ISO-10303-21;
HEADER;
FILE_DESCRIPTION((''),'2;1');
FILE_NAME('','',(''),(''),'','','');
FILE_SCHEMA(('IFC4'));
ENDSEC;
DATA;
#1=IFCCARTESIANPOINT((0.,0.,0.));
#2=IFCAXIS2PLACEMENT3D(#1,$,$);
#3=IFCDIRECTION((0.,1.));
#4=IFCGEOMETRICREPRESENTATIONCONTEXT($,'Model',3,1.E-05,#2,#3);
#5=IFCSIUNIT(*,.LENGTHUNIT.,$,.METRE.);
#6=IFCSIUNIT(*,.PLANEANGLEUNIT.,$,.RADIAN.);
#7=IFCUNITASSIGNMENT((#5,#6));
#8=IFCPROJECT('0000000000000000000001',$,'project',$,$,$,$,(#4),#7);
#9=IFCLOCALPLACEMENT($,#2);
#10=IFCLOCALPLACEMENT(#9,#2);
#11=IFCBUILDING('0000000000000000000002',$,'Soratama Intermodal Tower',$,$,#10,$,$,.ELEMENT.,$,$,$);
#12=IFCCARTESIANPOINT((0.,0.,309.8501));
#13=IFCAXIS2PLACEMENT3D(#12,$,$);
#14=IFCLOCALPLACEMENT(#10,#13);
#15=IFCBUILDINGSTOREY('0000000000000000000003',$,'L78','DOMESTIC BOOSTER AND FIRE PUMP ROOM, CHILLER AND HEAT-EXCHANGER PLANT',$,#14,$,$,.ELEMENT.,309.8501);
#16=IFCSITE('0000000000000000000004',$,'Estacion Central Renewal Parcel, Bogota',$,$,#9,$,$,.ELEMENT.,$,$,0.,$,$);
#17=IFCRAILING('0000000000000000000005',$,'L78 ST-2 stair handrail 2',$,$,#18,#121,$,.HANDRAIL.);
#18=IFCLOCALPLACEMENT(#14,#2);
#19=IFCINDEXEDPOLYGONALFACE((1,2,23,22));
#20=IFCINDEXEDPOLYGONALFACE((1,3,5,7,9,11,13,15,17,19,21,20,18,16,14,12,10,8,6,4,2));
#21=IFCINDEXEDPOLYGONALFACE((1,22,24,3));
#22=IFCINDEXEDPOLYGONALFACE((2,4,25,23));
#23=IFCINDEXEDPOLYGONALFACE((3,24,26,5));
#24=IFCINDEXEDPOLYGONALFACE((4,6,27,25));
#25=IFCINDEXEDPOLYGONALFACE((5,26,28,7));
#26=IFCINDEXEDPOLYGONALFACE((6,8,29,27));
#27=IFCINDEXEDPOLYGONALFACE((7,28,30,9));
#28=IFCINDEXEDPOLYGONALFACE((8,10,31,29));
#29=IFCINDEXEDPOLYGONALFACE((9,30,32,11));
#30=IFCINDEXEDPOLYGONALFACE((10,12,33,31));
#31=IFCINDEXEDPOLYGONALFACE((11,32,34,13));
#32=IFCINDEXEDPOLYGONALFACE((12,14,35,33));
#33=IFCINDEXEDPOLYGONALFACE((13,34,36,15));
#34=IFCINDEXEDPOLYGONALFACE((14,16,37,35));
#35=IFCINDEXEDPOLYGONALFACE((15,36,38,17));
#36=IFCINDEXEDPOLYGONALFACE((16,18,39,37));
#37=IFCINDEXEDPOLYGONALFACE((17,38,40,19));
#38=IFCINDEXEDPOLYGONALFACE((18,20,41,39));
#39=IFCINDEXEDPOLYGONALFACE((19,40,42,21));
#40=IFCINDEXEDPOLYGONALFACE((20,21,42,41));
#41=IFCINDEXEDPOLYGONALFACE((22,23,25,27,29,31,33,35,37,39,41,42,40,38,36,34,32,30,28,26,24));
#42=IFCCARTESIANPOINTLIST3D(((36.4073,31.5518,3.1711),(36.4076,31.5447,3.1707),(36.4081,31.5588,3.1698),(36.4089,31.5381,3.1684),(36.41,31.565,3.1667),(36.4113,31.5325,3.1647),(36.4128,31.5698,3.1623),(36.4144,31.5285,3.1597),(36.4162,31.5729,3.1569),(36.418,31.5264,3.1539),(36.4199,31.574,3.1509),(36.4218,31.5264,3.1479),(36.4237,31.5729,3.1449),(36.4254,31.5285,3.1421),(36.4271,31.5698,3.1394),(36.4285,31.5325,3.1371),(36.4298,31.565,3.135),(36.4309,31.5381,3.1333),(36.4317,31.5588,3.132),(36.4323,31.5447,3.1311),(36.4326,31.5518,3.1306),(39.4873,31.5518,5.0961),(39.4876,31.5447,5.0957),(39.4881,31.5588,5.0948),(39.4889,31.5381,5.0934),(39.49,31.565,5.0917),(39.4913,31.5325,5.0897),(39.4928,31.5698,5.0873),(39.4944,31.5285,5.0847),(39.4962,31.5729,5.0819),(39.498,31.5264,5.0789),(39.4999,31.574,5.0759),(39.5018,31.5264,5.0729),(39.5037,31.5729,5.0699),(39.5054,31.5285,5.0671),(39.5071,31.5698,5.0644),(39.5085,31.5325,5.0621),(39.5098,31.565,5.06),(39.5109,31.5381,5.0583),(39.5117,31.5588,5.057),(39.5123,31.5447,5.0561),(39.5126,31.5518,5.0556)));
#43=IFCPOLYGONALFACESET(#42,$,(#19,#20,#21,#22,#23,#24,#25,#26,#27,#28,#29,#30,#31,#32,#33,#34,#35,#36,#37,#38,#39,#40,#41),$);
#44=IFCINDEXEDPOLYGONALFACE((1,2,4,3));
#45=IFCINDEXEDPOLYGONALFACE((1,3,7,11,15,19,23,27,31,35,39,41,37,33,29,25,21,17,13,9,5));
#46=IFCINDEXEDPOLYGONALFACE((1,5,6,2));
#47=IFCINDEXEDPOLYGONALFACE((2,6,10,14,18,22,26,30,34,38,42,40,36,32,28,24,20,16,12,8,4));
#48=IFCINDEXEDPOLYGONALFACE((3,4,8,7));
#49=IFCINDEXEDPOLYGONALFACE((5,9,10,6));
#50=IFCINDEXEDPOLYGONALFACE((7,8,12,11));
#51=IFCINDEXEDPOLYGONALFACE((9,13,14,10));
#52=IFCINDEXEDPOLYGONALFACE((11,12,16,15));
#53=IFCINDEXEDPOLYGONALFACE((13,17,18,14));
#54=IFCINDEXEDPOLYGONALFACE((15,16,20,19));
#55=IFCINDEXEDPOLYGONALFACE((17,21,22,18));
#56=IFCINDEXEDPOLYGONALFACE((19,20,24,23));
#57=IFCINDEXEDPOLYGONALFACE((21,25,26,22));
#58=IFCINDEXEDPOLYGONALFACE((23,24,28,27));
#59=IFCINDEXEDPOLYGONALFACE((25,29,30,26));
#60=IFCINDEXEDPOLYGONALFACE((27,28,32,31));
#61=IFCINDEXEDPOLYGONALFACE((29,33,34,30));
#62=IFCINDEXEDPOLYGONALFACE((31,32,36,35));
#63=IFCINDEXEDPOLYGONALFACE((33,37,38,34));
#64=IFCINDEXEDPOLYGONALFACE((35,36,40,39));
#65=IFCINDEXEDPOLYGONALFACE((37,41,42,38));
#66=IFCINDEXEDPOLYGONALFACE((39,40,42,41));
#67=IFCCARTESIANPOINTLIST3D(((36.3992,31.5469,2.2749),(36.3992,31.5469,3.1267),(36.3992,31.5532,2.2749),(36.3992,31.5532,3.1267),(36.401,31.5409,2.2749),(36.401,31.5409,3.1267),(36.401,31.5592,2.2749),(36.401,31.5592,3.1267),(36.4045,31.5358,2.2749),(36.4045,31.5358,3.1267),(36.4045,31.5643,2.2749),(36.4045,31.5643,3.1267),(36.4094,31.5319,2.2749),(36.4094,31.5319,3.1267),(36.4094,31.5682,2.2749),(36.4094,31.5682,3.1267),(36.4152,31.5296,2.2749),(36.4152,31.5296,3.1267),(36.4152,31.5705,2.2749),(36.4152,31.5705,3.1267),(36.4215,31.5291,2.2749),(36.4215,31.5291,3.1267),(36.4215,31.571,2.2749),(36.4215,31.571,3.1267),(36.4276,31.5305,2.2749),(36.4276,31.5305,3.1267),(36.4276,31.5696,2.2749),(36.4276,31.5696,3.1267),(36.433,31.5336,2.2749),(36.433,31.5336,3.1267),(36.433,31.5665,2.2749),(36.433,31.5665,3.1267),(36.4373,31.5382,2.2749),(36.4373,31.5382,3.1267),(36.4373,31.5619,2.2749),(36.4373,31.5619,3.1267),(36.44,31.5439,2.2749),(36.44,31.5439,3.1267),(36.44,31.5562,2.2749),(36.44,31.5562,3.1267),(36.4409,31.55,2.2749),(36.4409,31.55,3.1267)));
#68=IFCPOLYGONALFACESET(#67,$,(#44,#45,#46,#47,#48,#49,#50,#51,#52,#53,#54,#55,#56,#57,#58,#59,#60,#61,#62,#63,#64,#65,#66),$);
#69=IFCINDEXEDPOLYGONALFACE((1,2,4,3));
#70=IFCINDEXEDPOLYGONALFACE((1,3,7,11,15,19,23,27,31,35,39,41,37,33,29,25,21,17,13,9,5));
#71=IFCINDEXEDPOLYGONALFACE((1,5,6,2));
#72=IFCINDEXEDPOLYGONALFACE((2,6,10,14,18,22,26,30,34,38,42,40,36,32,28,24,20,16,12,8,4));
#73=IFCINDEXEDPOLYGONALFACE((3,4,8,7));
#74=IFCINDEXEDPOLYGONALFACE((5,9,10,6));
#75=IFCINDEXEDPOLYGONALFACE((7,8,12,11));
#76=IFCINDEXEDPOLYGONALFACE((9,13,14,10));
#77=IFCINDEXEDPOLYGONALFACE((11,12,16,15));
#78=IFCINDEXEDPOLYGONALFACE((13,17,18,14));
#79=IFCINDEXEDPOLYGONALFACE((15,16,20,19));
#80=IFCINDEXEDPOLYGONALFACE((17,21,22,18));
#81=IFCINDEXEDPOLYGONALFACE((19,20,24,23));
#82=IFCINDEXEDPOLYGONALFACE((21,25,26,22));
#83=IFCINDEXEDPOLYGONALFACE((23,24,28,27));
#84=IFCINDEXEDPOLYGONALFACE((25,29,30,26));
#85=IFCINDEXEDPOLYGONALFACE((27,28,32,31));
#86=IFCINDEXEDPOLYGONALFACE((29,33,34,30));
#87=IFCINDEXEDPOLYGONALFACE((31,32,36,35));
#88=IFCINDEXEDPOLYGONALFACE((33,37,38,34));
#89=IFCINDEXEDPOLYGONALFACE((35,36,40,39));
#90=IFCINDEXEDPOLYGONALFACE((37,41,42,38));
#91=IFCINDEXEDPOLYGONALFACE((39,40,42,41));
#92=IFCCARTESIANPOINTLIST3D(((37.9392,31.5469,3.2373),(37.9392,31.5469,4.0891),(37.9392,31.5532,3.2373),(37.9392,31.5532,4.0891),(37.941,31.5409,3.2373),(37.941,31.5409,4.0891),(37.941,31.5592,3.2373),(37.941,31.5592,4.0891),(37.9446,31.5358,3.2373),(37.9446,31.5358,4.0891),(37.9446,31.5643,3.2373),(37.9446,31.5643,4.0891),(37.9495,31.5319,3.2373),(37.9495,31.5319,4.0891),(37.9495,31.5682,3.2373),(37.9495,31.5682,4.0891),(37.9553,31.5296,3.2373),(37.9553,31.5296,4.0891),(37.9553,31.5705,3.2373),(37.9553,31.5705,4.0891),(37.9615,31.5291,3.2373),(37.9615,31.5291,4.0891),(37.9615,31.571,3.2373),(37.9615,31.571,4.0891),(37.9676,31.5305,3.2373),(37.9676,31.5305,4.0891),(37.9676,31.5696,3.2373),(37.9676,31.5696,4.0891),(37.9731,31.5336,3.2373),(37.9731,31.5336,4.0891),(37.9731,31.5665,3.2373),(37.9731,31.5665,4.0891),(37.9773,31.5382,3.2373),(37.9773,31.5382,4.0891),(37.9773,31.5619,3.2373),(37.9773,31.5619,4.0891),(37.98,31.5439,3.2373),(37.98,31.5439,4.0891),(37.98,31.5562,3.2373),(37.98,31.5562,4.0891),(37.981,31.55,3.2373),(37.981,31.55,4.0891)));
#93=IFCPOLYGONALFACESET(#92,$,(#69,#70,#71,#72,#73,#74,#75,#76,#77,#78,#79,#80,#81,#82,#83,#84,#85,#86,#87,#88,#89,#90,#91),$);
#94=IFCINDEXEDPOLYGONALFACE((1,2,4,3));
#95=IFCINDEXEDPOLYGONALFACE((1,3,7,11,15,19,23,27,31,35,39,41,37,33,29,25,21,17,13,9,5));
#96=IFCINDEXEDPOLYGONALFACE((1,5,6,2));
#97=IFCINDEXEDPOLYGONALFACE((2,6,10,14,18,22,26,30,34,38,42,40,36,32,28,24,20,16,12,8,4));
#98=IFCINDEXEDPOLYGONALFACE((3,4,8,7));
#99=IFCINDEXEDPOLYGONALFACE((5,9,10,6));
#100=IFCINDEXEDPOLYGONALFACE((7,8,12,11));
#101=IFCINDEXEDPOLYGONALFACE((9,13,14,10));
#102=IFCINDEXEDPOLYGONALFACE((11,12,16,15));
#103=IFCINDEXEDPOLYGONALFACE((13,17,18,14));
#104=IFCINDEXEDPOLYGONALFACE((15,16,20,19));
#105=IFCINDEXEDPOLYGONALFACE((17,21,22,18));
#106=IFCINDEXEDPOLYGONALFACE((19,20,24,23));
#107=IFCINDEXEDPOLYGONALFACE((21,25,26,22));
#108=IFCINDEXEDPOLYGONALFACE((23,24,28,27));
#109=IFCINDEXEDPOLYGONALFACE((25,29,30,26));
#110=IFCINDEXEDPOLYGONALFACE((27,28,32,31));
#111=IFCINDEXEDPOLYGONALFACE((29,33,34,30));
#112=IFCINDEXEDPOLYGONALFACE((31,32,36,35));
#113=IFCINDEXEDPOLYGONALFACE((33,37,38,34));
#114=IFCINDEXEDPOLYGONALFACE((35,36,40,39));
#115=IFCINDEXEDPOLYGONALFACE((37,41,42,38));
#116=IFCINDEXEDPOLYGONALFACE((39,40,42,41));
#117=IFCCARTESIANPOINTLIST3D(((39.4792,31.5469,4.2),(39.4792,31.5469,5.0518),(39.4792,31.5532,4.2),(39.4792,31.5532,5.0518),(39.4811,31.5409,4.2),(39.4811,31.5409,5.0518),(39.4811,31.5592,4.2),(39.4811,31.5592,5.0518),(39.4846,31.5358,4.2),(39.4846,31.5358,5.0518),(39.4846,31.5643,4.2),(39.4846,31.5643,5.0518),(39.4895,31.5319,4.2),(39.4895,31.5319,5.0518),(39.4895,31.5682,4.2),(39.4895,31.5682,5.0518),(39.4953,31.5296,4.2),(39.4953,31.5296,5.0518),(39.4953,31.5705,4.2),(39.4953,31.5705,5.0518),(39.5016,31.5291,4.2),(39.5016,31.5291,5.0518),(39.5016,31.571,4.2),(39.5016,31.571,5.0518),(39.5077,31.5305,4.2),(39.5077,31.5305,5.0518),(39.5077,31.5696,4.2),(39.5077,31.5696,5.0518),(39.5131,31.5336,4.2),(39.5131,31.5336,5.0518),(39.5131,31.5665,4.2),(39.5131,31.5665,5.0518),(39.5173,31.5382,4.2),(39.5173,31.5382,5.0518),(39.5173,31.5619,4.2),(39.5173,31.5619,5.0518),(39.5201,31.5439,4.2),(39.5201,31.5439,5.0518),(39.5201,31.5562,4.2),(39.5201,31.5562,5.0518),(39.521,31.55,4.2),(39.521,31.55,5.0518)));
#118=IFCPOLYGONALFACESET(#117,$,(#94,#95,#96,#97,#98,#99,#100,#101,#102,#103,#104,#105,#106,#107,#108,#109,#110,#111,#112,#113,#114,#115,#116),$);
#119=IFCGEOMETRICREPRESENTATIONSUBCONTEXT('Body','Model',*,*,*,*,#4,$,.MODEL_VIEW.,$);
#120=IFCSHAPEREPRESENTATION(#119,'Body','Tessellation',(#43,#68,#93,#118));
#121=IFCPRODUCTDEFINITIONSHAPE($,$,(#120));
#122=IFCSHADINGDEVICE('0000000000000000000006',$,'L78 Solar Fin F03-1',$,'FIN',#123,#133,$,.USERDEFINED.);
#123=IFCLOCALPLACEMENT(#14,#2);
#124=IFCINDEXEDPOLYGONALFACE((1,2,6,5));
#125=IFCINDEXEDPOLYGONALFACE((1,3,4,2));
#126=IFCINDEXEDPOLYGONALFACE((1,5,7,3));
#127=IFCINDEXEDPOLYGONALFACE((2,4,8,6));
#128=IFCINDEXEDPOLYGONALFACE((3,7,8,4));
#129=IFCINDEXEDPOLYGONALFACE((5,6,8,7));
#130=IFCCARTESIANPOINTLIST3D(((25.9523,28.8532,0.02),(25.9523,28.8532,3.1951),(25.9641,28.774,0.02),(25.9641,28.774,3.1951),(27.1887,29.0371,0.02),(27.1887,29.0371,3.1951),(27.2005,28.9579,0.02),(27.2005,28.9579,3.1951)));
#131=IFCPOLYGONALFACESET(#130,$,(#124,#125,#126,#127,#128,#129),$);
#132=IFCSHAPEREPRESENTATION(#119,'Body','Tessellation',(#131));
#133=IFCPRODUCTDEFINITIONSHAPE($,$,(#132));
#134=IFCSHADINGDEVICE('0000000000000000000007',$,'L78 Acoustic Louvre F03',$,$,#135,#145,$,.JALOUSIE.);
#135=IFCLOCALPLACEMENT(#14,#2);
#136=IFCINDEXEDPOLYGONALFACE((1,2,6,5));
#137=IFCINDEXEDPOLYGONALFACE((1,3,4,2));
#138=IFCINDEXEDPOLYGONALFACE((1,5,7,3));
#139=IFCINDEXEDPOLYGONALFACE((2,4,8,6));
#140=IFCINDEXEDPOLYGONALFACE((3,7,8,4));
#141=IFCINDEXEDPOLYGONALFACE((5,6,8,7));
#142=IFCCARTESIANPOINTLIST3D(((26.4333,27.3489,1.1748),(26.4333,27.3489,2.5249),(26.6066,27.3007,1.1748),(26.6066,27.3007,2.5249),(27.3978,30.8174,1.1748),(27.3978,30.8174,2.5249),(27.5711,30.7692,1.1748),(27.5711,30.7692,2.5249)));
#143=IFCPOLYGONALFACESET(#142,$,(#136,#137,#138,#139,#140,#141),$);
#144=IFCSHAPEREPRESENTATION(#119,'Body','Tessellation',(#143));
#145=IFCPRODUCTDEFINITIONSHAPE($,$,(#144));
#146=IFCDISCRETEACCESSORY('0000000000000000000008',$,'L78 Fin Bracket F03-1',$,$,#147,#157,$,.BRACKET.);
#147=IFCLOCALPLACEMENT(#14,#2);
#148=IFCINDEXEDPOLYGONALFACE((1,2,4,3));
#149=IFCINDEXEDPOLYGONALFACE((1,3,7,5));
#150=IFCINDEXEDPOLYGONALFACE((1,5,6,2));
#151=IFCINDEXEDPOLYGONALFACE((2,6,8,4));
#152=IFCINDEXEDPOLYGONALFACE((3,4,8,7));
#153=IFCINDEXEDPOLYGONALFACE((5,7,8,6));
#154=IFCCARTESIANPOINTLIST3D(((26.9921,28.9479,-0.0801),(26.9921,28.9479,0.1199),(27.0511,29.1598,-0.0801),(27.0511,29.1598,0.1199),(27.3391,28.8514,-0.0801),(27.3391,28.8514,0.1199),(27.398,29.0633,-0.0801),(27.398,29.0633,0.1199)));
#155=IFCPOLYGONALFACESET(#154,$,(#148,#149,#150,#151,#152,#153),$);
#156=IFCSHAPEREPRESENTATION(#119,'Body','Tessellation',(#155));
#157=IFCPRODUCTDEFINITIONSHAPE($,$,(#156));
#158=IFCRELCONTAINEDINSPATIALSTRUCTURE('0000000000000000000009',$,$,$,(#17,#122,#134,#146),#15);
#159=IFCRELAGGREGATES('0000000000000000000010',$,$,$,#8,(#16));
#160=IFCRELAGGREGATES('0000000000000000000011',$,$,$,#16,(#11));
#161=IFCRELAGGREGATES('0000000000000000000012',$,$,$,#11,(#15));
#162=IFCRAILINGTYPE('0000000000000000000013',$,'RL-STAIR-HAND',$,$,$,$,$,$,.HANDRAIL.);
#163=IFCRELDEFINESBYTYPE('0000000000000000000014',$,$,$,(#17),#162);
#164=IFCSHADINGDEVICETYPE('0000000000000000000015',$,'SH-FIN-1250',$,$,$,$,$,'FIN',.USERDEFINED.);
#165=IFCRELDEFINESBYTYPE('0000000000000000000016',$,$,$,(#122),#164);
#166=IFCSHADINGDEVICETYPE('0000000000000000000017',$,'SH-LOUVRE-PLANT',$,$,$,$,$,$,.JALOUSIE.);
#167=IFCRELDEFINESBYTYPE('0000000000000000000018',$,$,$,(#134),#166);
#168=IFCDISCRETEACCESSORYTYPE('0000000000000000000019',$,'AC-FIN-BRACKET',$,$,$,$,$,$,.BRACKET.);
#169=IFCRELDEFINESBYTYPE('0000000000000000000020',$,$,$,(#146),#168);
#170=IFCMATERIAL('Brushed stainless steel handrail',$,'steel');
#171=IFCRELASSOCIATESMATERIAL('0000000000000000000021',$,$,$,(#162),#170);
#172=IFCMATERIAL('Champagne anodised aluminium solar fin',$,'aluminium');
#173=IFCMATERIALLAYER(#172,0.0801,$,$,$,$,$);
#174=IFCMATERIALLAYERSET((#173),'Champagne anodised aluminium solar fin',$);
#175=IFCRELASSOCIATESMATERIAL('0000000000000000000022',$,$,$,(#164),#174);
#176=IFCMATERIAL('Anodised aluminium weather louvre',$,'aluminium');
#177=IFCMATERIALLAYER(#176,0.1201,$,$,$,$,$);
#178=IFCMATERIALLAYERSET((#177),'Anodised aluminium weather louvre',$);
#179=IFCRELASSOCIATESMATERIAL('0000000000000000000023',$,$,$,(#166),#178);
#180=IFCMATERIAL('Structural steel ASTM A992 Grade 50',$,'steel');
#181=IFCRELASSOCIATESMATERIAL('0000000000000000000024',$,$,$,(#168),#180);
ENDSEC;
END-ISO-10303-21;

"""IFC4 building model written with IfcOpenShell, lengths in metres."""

from ifc_helpers import new_model, si_unit, direction, frame, origin, origin_2d, place, context, subcontext, project, spatial, rectangle, circle, extrude, material, layer, layer_set, type_object, element, save


model = new_model("IFC4")

# Units and contexts
model_context = context("Model", 3, precision=1e-05, world=origin(), true_north=direction((0.0, 1.0)))
body_context = subcontext(model_context, "Body", "Model", "MODEL_VIEW")
ifc_project = project(units=[si_unit("LENGTHUNIT", "METRE"), si_unit("PLANEANGLEUNIT", "RADIAN")], contexts=[model_context])

# Site, building, storey
site_placement = place(None, origin())
site = spatial("IfcSite", under=ifc_project, at=site_placement, Name="Estacion Central Renewal Parcel, Bogota", CompositionType="ELEMENT", RefElevation=0.0)
building_placement = place(site_placement, origin())
building = spatial("IfcBuilding", under=site, at=building_placement, Name="Soratama Intermodal Tower", CompositionType="ELEMENT")
storey_placement = place(building_placement, frame((0.0, 0.0, 309.8501)))
storey = spatial("IfcBuildingStorey", under=building, at=storey_placement, Name="L78", Description="DOMESTIC BOOSTER AND FIRE PUMP ROOM, CHILLER AND HEAT-EXCHANGER PLANT", CompositionType="ELEMENT", Elevation=309.8501)

# Railing
ifc_material_1 = material(Name="Brushed stainless steel handrail", Category="steel")
railing_type_1 = type_object("IfcRailingType", Name="RL-STAIR-HAND", PredefinedType="HANDRAIL", material=ifc_material_1)
railing_1_placement = place(storey_placement, frame((36.4199, 31.55, 2.2749)))
element("IfcRailing", 1, at=railing_1_placement, inside=storey, type_object=railing_type_1, Name="L78 ST-2 stair handrail 2", PredefinedType="HANDRAIL", context=body_context, shape_type="SweptSolid", body=[
    extrude(circle(Radius=0.0239, at=origin_2d()), frame((0.0, 0.0, 0.876), z_axis=(0.847998, 0.0, 0.529999), x_axis=(0.0, 1.0, 0.0)), (0.0, 0.0, 1.0), 3.6321),
    extrude(circle(Radius=0.021, at=origin_2d()), origin(), (0.0, 0.0, 1.0), 0.8518),
    extrude(circle(Radius=0.021, at=origin_2d()), frame((1.54, 0.0, 0.9624)), (0.0, 0.0, 1.0), 0.8518),
    extrude(circle(Radius=0.021, at=origin_2d()), frame((3.0801, 0.0, 1.925)), (0.0, 0.0, 1.0), 0.8518),
])

# Shading devices
ifc_material_2 = material(Name="Champagne anodised aluminium solar fin", Category="aluminium")
ifc_layer_1 = layer(ifc_material_2, 0.0801)
ifc_layer_set_1 = layer_set([ifc_layer_1], Name="Champagne anodised aluminium solar fin")
shading_device_type_1 = type_object("IfcShadingDeviceType", Name="SH-FIN-1250", ElementType="FIN", PredefinedType="USERDEFINED", material=ifc_layer_set_1)
shading_device_1_placement = place(storey_placement, frame((26.5764, 28.9055, 0.02), z_axis=(0.0, 0.0, 1.0), x_axis=(-0.989119, -0.147119, 0.0)))
element("IfcShadingDevice", 2, at=shading_device_1_placement, inside=storey, type_object=shading_device_type_1, Name="L78 Solar Fin F03-1", ObjectType="FIN", PredefinedType="USERDEFINED", context=body_context, shape_type="SweptSolid", body=[
    extrude(rectangle(XDim=1.25, YDim=0.0801, at=origin_2d()), origin(), (0.0, 0.0, 1.0), 3.175),
])
ifc_material_3 = material(Name="Anodised aluminium weather louvre", Category="aluminium")
ifc_layer_2 = layer(ifc_material_3, 0.1201)
ifc_layer_set_2 = layer_set([ifc_layer_2], Name="Anodised aluminium weather louvre")
shading_device_type_2 = type_object("IfcShadingDeviceType", Name="SH-LOUVRE-PLANT", PredefinedType="JALOUSIE", material=ifc_layer_set_2)
shading_device_2_placement = place(storey_placement, frame((27.0022, 29.0591, 1.1748), z_axis=(0.0, 0.0, 1.0), x_axis=(-0.267911, -0.963444, 0.0)))
element("IfcShadingDevice", 3, at=shading_device_2_placement, inside=storey, type_object=shading_device_type_2, Name="L78 Acoustic Louvre F03", PredefinedType="JALOUSIE", context=body_context, shape_type="SweptSolid", body=[
    extrude(rectangle(XDim=3.6001, YDim=0.1799, at=origin_2d()), origin(), (0.0, 0.0, 1.0), 1.3501),
])

# Discrete accessory
ifc_material_4 = material(Name="Structural steel ASTM A992 Grade 50", Category="steel")
discrete_accessory_type = type_object("IfcDiscreteAccessoryType", Name="AC-FIN-BRACKET", PredefinedType="BRACKET", material=ifc_material_4)
discrete_accessory_placement = place(storey_placement, frame((27.1951, 29.0056, -0.0801), z_axis=(0.0, 0.0, 1.0), x_axis=(-0.963444, 0.267911, 0.0)))
element("IfcDiscreteAccessory", 4, at=discrete_accessory_placement, inside=storey, type_object=discrete_accessory_type, Name="L78 Fin Bracket F03-1", PredefinedType="BRACKET", context=body_context, shape_type="SweptSolid", body=[
    extrude(rectangle(XDim=0.3601, YDim=0.22, at=origin_2d()), origin(), (0.0, 0.0, 1.0), 0.2),
])

save(model, "model.ifc")
